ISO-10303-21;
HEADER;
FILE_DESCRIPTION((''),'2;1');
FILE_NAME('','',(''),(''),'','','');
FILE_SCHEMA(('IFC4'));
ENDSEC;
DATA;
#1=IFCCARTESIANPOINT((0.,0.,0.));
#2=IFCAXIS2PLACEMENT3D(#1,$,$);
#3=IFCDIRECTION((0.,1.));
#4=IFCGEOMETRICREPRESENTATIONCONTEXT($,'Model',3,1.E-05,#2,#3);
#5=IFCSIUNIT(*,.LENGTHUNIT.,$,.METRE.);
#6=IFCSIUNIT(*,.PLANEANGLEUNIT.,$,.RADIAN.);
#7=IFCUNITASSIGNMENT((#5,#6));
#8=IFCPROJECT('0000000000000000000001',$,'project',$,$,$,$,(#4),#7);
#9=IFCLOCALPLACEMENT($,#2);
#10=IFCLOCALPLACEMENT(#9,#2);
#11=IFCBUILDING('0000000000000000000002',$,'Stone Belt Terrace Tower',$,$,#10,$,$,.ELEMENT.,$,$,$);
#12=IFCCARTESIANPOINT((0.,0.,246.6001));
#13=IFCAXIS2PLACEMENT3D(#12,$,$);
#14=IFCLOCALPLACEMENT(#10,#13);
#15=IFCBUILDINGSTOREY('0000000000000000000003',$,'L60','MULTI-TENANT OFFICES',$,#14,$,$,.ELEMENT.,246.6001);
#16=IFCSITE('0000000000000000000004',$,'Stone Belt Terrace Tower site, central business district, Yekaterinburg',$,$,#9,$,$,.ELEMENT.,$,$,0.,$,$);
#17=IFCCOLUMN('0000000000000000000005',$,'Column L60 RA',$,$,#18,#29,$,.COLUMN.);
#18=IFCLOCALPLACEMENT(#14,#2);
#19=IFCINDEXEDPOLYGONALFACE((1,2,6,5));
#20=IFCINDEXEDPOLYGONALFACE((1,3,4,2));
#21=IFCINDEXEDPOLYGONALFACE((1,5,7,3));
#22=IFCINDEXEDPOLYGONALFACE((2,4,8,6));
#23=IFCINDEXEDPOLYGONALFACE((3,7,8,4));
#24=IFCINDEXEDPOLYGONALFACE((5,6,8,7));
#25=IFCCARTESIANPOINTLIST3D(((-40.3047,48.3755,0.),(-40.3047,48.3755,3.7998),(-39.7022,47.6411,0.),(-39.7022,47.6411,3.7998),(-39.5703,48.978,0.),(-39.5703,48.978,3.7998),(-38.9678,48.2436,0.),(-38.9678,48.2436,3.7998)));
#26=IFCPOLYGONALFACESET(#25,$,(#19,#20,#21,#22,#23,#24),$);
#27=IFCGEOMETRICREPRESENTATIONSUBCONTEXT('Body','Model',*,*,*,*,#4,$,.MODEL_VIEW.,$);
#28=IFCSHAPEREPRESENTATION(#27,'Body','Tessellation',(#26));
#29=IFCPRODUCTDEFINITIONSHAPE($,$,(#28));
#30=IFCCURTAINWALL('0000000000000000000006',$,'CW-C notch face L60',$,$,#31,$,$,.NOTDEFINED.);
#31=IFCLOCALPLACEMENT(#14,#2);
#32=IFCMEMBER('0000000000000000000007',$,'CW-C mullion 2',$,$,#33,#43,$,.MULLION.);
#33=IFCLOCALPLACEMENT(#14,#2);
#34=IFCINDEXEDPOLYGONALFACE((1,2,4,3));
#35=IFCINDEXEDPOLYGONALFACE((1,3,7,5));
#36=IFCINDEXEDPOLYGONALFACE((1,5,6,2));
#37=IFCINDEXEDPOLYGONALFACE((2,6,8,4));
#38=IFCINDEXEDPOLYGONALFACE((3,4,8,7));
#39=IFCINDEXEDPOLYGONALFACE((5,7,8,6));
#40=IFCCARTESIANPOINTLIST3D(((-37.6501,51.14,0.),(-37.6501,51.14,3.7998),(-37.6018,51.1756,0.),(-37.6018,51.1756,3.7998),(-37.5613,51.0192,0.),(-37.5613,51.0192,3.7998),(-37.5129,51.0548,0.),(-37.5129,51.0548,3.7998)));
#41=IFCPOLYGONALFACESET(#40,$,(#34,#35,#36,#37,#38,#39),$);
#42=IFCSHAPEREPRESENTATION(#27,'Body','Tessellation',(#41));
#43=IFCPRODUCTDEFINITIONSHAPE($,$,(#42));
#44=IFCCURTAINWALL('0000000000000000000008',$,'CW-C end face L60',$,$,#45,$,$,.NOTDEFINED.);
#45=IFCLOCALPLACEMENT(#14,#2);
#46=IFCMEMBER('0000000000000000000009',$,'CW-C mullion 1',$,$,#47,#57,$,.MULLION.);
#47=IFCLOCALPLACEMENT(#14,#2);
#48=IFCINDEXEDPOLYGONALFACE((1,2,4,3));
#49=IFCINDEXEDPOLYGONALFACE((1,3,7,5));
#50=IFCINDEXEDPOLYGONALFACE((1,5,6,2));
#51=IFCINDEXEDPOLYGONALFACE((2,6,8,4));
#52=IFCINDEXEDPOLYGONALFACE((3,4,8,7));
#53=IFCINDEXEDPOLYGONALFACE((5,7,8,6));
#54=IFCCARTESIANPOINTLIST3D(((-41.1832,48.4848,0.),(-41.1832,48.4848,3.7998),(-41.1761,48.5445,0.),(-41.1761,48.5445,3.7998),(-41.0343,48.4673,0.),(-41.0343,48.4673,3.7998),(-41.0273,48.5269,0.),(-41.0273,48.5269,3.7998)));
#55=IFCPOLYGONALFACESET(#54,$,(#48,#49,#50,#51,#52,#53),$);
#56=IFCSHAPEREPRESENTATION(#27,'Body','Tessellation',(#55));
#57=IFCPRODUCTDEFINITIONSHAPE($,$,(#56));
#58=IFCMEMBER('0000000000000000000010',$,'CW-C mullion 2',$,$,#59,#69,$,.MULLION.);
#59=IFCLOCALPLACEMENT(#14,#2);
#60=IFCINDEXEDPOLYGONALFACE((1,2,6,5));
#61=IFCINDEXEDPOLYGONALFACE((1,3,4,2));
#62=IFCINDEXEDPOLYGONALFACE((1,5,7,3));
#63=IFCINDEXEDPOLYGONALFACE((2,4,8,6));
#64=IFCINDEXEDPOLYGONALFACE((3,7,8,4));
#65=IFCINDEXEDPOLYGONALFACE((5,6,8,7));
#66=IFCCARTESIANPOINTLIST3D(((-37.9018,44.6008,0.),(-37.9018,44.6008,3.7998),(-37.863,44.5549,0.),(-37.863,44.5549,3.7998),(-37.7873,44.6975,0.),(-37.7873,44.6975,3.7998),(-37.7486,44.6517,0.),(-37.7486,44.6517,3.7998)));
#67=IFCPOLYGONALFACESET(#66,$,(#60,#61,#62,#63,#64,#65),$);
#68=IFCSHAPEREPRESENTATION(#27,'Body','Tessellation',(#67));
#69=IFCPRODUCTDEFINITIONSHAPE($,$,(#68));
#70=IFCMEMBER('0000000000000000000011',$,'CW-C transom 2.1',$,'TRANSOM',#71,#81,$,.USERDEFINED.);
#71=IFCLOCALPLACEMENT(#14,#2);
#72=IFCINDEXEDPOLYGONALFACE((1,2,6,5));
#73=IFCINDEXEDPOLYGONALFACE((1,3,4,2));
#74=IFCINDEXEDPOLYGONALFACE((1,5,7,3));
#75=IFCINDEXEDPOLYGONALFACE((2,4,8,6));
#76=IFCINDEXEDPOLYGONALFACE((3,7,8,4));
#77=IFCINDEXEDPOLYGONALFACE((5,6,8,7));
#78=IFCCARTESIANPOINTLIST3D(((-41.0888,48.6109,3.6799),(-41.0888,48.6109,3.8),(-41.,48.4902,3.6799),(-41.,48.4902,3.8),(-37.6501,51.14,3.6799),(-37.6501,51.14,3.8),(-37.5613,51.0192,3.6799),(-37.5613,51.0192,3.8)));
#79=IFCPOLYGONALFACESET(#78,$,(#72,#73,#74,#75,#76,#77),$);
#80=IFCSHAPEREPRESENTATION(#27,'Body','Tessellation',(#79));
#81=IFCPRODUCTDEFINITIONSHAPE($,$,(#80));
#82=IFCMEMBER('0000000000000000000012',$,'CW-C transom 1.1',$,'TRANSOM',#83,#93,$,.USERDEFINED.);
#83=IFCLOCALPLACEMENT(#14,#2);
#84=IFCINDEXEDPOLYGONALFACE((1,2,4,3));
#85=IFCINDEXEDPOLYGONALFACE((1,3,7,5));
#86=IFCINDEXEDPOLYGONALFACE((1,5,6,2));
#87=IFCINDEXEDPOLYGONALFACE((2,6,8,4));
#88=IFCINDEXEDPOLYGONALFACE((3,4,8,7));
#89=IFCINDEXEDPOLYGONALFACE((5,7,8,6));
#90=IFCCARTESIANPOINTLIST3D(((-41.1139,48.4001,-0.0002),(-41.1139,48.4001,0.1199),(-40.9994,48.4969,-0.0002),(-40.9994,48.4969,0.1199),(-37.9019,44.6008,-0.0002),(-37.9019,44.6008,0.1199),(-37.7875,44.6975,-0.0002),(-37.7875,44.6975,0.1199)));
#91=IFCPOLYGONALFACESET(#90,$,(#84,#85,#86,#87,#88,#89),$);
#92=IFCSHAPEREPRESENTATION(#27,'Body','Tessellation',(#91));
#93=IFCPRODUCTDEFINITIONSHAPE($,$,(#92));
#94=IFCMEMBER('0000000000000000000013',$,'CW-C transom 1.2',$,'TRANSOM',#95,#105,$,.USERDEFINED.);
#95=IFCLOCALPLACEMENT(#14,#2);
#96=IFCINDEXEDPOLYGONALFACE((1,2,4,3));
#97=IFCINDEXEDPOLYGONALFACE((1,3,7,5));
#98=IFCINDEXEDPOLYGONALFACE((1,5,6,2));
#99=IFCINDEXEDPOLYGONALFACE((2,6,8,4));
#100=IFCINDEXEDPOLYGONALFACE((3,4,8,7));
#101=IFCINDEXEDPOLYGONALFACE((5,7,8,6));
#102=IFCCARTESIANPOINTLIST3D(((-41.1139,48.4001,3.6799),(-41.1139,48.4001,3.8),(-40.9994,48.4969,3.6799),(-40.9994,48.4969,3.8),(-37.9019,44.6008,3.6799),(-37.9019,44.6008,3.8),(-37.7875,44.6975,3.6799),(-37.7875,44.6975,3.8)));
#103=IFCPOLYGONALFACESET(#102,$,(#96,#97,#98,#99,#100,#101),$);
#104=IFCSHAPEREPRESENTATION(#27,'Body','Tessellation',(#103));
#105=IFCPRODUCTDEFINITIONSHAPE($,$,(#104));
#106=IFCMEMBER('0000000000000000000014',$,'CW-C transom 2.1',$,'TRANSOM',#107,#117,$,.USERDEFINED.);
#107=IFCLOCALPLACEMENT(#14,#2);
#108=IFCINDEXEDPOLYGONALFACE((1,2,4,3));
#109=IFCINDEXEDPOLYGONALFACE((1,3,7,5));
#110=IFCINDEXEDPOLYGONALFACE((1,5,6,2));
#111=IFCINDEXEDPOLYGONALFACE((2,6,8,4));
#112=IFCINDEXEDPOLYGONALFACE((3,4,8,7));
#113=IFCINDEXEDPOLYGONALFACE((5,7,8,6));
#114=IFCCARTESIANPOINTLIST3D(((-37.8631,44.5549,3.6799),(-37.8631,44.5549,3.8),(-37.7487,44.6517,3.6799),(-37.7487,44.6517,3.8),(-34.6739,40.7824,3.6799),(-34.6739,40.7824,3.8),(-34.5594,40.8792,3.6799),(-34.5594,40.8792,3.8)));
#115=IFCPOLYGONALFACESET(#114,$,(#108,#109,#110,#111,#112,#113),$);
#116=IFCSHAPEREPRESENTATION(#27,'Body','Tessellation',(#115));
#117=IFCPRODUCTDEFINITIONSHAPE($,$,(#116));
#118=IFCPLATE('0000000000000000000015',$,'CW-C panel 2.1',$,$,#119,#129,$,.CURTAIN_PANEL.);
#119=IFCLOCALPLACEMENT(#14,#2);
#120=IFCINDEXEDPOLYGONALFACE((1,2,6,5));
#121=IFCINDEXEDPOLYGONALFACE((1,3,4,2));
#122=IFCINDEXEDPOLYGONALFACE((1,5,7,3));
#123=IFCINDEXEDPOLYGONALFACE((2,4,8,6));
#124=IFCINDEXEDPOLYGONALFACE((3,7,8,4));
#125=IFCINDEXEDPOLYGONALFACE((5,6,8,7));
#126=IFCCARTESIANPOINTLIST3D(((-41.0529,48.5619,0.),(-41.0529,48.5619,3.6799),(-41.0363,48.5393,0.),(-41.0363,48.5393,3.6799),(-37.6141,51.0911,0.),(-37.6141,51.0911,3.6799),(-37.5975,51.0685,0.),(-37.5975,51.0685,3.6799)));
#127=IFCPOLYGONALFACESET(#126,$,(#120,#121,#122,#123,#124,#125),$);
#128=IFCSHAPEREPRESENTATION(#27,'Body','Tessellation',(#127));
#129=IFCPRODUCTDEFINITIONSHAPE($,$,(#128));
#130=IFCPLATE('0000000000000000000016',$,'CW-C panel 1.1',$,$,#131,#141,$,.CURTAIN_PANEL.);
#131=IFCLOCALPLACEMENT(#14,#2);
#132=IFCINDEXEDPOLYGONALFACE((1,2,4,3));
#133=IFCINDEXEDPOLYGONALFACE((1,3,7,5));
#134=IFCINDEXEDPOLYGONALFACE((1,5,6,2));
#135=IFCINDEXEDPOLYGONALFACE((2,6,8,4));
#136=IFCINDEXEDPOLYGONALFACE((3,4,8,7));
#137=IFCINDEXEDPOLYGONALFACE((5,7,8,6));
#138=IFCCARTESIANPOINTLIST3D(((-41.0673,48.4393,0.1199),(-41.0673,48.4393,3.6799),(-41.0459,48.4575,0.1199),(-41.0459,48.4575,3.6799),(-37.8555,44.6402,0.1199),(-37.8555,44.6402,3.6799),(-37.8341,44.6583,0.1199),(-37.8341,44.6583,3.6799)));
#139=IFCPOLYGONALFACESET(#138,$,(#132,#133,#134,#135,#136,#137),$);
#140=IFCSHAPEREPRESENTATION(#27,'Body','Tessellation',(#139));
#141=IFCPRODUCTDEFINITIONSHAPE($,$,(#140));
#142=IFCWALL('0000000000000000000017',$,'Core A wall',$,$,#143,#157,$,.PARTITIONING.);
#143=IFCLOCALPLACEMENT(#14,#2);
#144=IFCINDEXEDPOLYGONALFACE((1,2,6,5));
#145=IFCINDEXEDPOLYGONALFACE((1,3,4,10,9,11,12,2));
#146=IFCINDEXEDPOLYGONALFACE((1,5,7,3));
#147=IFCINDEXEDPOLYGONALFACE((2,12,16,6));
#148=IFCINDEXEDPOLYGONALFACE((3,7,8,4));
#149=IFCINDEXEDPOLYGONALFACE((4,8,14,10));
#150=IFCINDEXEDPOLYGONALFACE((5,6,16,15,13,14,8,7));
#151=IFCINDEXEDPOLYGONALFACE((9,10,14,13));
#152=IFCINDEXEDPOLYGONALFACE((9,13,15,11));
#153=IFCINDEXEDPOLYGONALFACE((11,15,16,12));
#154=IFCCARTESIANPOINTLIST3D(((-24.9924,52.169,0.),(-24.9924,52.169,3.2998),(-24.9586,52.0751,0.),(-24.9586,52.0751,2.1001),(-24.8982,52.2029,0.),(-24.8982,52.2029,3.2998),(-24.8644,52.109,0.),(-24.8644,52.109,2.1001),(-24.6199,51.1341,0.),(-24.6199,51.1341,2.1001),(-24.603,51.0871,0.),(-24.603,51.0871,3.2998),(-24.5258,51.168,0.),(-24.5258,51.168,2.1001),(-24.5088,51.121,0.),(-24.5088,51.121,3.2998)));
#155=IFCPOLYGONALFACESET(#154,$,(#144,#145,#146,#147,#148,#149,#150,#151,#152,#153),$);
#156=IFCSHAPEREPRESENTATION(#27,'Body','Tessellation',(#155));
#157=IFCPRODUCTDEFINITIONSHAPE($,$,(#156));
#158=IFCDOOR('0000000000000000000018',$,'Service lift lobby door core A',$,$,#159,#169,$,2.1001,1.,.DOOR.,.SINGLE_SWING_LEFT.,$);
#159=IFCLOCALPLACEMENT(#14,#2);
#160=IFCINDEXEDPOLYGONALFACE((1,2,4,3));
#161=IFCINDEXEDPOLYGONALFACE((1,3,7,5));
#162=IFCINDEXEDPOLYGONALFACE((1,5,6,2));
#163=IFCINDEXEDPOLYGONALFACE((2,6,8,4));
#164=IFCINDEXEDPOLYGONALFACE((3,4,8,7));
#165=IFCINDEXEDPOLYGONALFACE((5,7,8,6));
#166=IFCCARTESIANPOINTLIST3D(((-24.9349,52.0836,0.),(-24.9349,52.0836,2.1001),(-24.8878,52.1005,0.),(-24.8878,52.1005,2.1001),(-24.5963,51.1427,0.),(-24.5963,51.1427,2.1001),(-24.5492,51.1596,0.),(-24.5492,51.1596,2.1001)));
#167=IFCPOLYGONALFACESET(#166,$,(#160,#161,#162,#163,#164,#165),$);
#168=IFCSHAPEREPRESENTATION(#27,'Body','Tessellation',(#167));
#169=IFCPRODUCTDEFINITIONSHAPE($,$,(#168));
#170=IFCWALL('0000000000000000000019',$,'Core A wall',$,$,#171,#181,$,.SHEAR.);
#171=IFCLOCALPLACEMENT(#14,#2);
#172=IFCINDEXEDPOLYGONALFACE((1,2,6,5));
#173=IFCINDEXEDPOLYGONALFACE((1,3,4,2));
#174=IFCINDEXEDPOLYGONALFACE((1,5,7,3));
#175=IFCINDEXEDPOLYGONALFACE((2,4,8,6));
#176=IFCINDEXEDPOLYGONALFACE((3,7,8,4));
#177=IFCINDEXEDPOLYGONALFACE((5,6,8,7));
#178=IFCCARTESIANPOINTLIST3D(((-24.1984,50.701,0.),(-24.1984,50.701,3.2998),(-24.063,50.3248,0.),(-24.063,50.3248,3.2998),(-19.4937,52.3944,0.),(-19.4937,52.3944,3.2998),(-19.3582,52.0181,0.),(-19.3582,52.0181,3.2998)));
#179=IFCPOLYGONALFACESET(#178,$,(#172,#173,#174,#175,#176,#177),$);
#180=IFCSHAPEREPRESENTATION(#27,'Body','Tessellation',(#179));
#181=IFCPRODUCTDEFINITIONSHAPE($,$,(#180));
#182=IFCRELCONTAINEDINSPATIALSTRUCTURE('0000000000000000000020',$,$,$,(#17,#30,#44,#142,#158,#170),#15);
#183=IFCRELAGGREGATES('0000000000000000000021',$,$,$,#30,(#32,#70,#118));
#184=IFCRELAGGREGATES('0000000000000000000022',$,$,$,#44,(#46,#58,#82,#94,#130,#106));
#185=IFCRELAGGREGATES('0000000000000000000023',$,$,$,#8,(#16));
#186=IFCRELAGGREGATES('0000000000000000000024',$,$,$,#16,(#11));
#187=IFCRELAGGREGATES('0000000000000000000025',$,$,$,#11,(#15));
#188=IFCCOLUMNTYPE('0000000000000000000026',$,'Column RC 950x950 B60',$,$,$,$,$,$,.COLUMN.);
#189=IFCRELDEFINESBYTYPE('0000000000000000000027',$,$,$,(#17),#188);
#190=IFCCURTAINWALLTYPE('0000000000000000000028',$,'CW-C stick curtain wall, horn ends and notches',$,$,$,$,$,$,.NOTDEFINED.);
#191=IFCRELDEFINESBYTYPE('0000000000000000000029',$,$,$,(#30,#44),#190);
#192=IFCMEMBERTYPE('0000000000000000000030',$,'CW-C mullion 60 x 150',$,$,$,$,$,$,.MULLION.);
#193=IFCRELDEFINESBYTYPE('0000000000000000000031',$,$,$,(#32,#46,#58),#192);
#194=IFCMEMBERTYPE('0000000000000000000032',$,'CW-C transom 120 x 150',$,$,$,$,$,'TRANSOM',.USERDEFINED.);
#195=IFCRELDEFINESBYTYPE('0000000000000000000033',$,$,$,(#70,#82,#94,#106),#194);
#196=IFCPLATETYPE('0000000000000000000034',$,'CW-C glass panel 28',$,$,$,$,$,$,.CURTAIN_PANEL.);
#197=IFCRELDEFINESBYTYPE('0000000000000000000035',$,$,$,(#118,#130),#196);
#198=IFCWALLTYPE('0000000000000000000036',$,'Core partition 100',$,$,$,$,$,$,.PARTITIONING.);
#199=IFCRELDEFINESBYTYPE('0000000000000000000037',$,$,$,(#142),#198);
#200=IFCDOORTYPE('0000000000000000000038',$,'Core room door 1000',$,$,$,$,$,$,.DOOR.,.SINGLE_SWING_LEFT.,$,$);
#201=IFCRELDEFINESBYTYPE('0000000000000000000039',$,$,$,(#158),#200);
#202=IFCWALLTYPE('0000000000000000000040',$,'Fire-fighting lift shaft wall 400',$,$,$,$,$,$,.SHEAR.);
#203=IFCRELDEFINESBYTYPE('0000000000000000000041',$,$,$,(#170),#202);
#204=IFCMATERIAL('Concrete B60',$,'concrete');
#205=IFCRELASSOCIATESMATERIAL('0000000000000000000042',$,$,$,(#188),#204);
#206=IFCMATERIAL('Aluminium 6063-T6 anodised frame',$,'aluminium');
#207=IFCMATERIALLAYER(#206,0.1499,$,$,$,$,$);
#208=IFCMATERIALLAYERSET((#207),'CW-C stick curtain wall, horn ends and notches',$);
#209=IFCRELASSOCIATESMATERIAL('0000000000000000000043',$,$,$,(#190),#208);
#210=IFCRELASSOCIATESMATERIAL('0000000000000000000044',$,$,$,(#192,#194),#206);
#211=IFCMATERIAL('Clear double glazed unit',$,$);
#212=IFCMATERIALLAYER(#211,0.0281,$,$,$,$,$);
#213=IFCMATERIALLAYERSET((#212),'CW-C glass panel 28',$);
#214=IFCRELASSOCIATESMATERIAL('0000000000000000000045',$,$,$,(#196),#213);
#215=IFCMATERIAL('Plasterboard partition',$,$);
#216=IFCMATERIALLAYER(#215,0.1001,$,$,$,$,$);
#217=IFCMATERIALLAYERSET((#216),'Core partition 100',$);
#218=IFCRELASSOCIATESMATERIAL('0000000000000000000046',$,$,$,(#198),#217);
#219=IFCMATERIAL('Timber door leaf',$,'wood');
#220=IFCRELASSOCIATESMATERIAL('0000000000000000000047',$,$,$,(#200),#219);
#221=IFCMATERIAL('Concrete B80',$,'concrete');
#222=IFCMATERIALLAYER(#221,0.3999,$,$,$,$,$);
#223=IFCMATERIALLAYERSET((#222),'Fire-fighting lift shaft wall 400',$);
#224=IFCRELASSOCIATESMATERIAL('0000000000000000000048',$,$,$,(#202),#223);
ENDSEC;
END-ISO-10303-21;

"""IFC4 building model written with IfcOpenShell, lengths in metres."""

from ifc_helpers import new_model, si_unit, direction, frame, frame_2d, origin, origin_2d, place, context, subcontext, project, spatial, rectangle, extrude, material, layer, layer_set, material_profile, profile_set, type_object, element, fill, aggregate, save


model = new_model("IFC4")

# Units and contexts
model_context = context("Model", 3, precision=1e-05, world=origin(), true_north=direction((0.0, 1.0)))
body_context = subcontext(model_context, "Body", "Model", "MODEL_VIEW")
ifc_project = project(units=[si_unit("LENGTHUNIT", "METRE"), si_unit("PLANEANGLEUNIT", "RADIAN")], contexts=[model_context])

# Site, building, storey
site_placement = place(None, origin())
site = spatial("IfcSite", under=ifc_project, at=site_placement, Name="Stone Belt Terrace Tower site, central business district, Yekaterinburg", CompositionType="ELEMENT", RefElevation=0.0)
building_placement = place(site_placement, origin())
building = spatial("IfcBuilding", under=site, at=building_placement, Name="Stone Belt Terrace Tower", CompositionType="ELEMENT")
storey_placement = place(building_placement, frame((0.0, 0.0, 246.6001)))
storey = spatial("IfcBuildingStorey", under=building, at=storey_placement, Name="L60", Description="MULTI-TENANT OFFICES", CompositionType="ELEMENT", Elevation=246.6001)

# Column
ifc_material_1 = material(Name="Concrete B60", Category="concrete")
ifc_material_profile_1 = material_profile(ifc_material_1, rectangle(XDim=0.95, YDim=0.95, at=origin_2d()), Name="RC 950x950")
ifc_profile_set_1 = profile_set([ifc_material_profile_1], Name="Concrete B60")
column_type = type_object("IfcColumnType", Name="Column RC 950x950 B60", PredefinedType="COLUMN", material=ifc_profile_set_1)
column_placement = place(storey_placement, frame((-39.6362, 48.3096, 0.0), z_axis=(0.0, 0.0, 1.0), x_axis=(0.773091, 0.634295, 0.0)))
element("IfcColumn", 1, at=column_placement, inside=storey, type_object=column_type, Name="Column L60 RA", PredefinedType="COLUMN", context=body_context, shape_type="SweptSolid", body=[
    extrude(rectangle(XDim=0.95, YDim=0.95, at=origin_2d()), origin(), (0.0, 0.0, 1.0), 3.7998),
])

# Curtain wall, member
ifc_material_2 = material(Name="Aluminium 6063-T6 anodised frame", Category="aluminium")
ifc_layer_1 = layer(ifc_material_2, 0.1499)
ifc_layer_set_1 = layer_set([ifc_layer_1], Name="CW-C stick curtain wall, horn ends and notches")
curtain_wall_type = type_object("IfcCurtainWallType", Name="CW-C stick curtain wall, horn ends and notches", PredefinedType="NOTDEFINED", material=ifc_layer_set_1)
curtain_wall_1_placement = place(storey_placement, origin())
curtain_wall_1 = element("IfcCurtainWall", 2, at=curtain_wall_1_placement, inside=storey, type_object=curtain_wall_type, Name="CW-C notch face L60", PredefinedType="NOTDEFINED")
ifc_material_profile_2 = material_profile(ifc_material_2, rectangle(XDim=0.1499, YDim=0.0601, at=origin_2d()), Name="Aluminium 6063-T6 60x150")
ifc_profile_set_2 = profile_set([ifc_material_profile_2], Name="Aluminium 6063-T6 anodised frame")
member_type_1 = type_object("IfcMemberType", Name="CW-C mullion 60 x 150", PredefinedType="MULLION", material=ifc_profile_set_2)
member_1_placement = place(storey_placement, frame((-37.5815, 51.0974, 0.0), z_axis=(0.0, 0.0, 1.0), x_axis=(0.592492, -0.805576, 0.0)))
member_1 = element("IfcMember", 3, at=member_1_placement, type_object=member_type_1, Name="CW-C mullion 2", PredefinedType="MULLION", context=body_context, shape_type="SweptSolid", body=[
    extrude(rectangle(XDim=0.1499, YDim=0.0601, at=origin_2d()), origin(), (0.0, 0.0, 1.0), 3.7998),
])

# Curtain wall, members
curtain_wall_2_placement = place(storey_placement, origin())
curtain_wall_2 = element("IfcCurtainWall", 4, at=curtain_wall_2_placement, inside=storey, type_object=curtain_wall_type, Name="CW-C end face L60", PredefinedType="NOTDEFINED")
member_2_placement = place(storey_placement, frame((-41.1052, 48.5059, 0.0), z_axis=(0.0, 0.0, 1.0), x_axis=(0.993115, -0.117145, 0.0)))
member_2 = element("IfcMember", 5, at=member_2_placement, type_object=member_type_1, Name="CW-C mullion 1", PredefinedType="MULLION", context=body_context, shape_type="SweptSolid", body=[
    extrude(rectangle(XDim=0.1499, YDim=0.0601, at=origin_2d()), origin(), (0.0, 0.0, 1.0), 3.7998),
])
member_3_placement = place(storey_placement, frame((-37.8252, 44.6262, 0.0), z_axis=(0.0, 0.0, 1.0), x_axis=(0.76367, 0.645607, 0.0)))
member_3 = element("IfcMember", 6, at=member_3_placement, type_object=member_type_1, Name="CW-C mullion 2", PredefinedType="MULLION", context=body_context, shape_type="SweptSolid", body=[
    extrude(rectangle(XDim=0.1499, YDim=0.0601, at=origin_2d()), origin(), (0.0, 0.0, 1.0), 3.7998),
])

# Members
ifc_material_profile_3 = material_profile(ifc_material_2, rectangle(XDim=0.1499, YDim=0.1201, at=origin_2d()), Name="Aluminium 6063-T6 150x120")
ifc_profile_set_3 = profile_set([ifc_material_profile_3], Name="Aluminium 6063-T6 anodised frame")
member_type_2 = type_object("IfcMemberType", Name="CW-C transom 120 x 150", ElementType="TRANSOM", PredefinedType="USERDEFINED", material=ifc_profile_set_3)
member_4_placement = place(storey_placement, frame((-37.6057, 51.0796, 3.74), z_axis=(-0.805586, -0.592479, 0.0), x_axis=(0.592479, -0.805586, 0.0)))
member_4 = element("IfcMember", 7, at=member_4_placement, type_object=member_type_2, Name="CW-C transom 2.1", ObjectType="TRANSOM", PredefinedType="USERDEFINED", context=body_context, shape_type="SweptSolid", body=[
    extrude(rectangle(XDim=0.1499, YDim=0.1201, at=origin_2d()), origin(), (0.0, 0.0, 1.0), 4.2686),
])
member_5_placement = place(storey_placement, frame((-41.0566, 48.4485, 0.0598), z_axis=(0.645603, -0.763673, 0.0), x_axis=(0.763673, 0.645603, 0.0)))
member_5 = element("IfcMember", 8, at=member_5_placement, type_object=member_type_2, Name="CW-C transom 1.1", ObjectType="TRANSOM", PredefinedType="USERDEFINED", context=body_context, shape_type="SweptSolid", body=[
    extrude(rectangle(XDim=0.1499, YDim=0.1201, at=origin_2d()), origin(), (0.0, 0.0, 1.0), 4.9751),
])
member_6_placement = place(storey_placement, frame((-41.0566, 48.4485, 3.74), z_axis=(0.645603, -0.763673, 0.0), x_axis=(0.763673, 0.645603, 0.0)))
member_6 = element("IfcMember", 9, at=member_6_placement, type_object=member_type_2, Name="CW-C transom 1.2", ObjectType="TRANSOM", PredefinedType="USERDEFINED", context=body_context, shape_type="SweptSolid", body=[
    extrude(rectangle(XDim=0.1499, YDim=0.1201, at=origin_2d()), origin(), (0.0, 0.0, 1.0), 4.9751),
])
member_7_placement = place(storey_placement, frame((-37.8059, 44.6033, 3.74), z_axis=(0.645603, -0.763673, 0.0), x_axis=(0.763673, 0.645603, 0.0)))
member_7 = element("IfcMember", 10, at=member_7_placement, type_object=member_type_2, Name="CW-C transom 2.1", ObjectType="TRANSOM", PredefinedType="USERDEFINED", context=body_context, shape_type="SweptSolid", body=[
    extrude(rectangle(XDim=0.1499, YDim=0.1201, at=origin_2d()), origin(), (0.0, 0.0, 1.0), 4.9399),
])

# Plates
ifc_material_3 = material(Name="Clear double glazed unit")
ifc_layer_2 = layer(ifc_material_3, 0.0281)
ifc_layer_set_2 = layer_set([ifc_layer_2], Name="CW-C glass panel 28")
plate_type = type_object("IfcPlateType", Name="CW-C glass panel 28", PredefinedType="CURTAIN_PANEL", material=ifc_layer_set_2)
plate_1_placement = place(storey_placement, frame((-39.3252, 49.8152, 0.0), z_axis=(0.0, 0.0, 1.0), x_axis=(-0.805576, -0.592492, 0.0)))
plate_1 = element("IfcPlate", 11, at=plate_1_placement, type_object=plate_type, Name="CW-C panel 2.1", PredefinedType="CURTAIN_PANEL", context=body_context, shape_type="SweptSolid", body=[
    extrude(rectangle(XDim=4.2688, YDim=0.0281, at=origin_2d()), origin(), (0.0, 0.0, 1.0), 3.6799),
])
aggregate(curtain_wall_1, [member_1, member_4, plate_1])
plate_2_placement = place(storey_placement, frame((-39.4507, 46.5488, 0.1199), z_axis=(0.0, 0.0, 1.0), x_axis=(0.645607, -0.76367, 0.0)))
plate_2 = element("IfcPlate", 12, at=plate_2_placement, type_object=plate_type, Name="CW-C panel 1.1", PredefinedType="CURTAIN_PANEL", context=body_context, shape_type="SweptSolid", body=[
    extrude(rectangle(XDim=4.9749, YDim=0.0281, at=origin_2d()), origin(), (0.0, 0.0, 1.0), 3.5601),
])
aggregate(curtain_wall_2, [member_2, member_3, member_5, member_6, plate_2, member_7])

# Wall, opening, door
ifc_material_4 = material(Name="Plasterboard partition")
ifc_layer_3 = layer(ifc_material_4, 0.1001)
ifc_layer_set_3 = layer_set([ifc_layer_3], Name="Core partition 100")
wall_type_1 = type_object("IfcWallType", Name="Core partition 100", PredefinedType="PARTITIONING", material=ifc_layer_set_3)
wall_1_placement = place(storey_placement, frame((-24.5559, 51.104, 0.0), z_axis=(0.0, 0.0, 1.0), x_axis=(-0.338622, 0.940923, 0.0)))
wall_1 = element("IfcWall", 13, at=wall_1_placement, inside=storey, type_object=wall_type_1, Name="Core A wall", PredefinedType="PARTITIONING", context=body_context, shape_type="SweptSolid", body=[
    extrude(rectangle(XDim=1.1499, YDim=0.1001, at=frame_2d((0.575, 0.0))), origin(), (0.0, 0.0, 1.0), 3.2998),
])
opening_1_placement = place(wall_1_placement, frame((0.05, 0.0, 0.0)))
opening_1 = element("IfcOpeningElement", 14, at=opening_1_placement, cuts=wall_1, PredefinedType="OPENING", context=body_context, shape_type="SweptSolid", body=[
    extrude(rectangle(XDim=1.0, YDim=2.1001, at=frame_2d((0.5, 1.05))), frame((0.0, 0.0601, 0.0), z_axis=(0.0, -1.0, 0.0), x_axis=(1.0, 0.0, 0.0)), (0.0, 0.0, 1.0), 0.1201),
])
ifc_material_5 = material(Name="Timber door leaf", Category="wood")
door_type_1 = type_object("IfcDoorType", Name="Core room door 1000", OperationType="SINGLE_SWING_LEFT", PredefinedType="DOOR", material=ifc_material_5)
door_1_placement = place(opening_1_placement, origin())
door_1 = element("IfcDoor", 15, at=door_1_placement, inside=storey, type_object=door_type_1, Name="Service lift lobby door core A", OperationType="SINGLE_SWING_LEFT", OverallHeight=2.1001, OverallWidth=1.0, PredefinedType="DOOR", context=body_context, shape_type="SweptSolid", body=[
    extrude(rectangle(XDim=1.0, YDim=2.1001, at=frame_2d((0.5, 1.05))), frame((0.0, 0.0249, 0.0), z_axis=(0.0, -1.0, 0.0), x_axis=(1.0, 0.0, 0.0)), (0.0, 0.0, 1.0), 0.05),
])
fill(opening_1, door_1)

# Wall
ifc_material_6 = material(Name="Concrete B80", Category="concrete")
ifc_layer_4 = layer(ifc_material_6, 0.3999)
ifc_layer_set_4 = layer_set([ifc_layer_4], Name="Fire-fighting lift shaft wall 400")
wall_type_2 = type_object("IfcWallType", Name="Fire-fighting lift shaft wall 400", PredefinedType="SHEAR", material=ifc_layer_set_4)
wall_2_placement = place(storey_placement, frame((-24.1306, 50.5129, 0.0), z_axis=(0.0, 0.0, 1.0), x_axis=(0.940912, 0.338652, 0.0)))
element("IfcWall", 16, at=wall_2_placement, inside=storey, type_object=wall_type_2, Name="Core A wall", PredefinedType="SHEAR", context=body_context, shape_type="SweptSolid", body=[
    extrude(rectangle(XDim=5.0002, YDim=0.3999, at=frame_2d((2.5, 0.0))), origin(), (0.0, 0.0, 1.0), 3.2998),
])

save(model, "model.ifc")
